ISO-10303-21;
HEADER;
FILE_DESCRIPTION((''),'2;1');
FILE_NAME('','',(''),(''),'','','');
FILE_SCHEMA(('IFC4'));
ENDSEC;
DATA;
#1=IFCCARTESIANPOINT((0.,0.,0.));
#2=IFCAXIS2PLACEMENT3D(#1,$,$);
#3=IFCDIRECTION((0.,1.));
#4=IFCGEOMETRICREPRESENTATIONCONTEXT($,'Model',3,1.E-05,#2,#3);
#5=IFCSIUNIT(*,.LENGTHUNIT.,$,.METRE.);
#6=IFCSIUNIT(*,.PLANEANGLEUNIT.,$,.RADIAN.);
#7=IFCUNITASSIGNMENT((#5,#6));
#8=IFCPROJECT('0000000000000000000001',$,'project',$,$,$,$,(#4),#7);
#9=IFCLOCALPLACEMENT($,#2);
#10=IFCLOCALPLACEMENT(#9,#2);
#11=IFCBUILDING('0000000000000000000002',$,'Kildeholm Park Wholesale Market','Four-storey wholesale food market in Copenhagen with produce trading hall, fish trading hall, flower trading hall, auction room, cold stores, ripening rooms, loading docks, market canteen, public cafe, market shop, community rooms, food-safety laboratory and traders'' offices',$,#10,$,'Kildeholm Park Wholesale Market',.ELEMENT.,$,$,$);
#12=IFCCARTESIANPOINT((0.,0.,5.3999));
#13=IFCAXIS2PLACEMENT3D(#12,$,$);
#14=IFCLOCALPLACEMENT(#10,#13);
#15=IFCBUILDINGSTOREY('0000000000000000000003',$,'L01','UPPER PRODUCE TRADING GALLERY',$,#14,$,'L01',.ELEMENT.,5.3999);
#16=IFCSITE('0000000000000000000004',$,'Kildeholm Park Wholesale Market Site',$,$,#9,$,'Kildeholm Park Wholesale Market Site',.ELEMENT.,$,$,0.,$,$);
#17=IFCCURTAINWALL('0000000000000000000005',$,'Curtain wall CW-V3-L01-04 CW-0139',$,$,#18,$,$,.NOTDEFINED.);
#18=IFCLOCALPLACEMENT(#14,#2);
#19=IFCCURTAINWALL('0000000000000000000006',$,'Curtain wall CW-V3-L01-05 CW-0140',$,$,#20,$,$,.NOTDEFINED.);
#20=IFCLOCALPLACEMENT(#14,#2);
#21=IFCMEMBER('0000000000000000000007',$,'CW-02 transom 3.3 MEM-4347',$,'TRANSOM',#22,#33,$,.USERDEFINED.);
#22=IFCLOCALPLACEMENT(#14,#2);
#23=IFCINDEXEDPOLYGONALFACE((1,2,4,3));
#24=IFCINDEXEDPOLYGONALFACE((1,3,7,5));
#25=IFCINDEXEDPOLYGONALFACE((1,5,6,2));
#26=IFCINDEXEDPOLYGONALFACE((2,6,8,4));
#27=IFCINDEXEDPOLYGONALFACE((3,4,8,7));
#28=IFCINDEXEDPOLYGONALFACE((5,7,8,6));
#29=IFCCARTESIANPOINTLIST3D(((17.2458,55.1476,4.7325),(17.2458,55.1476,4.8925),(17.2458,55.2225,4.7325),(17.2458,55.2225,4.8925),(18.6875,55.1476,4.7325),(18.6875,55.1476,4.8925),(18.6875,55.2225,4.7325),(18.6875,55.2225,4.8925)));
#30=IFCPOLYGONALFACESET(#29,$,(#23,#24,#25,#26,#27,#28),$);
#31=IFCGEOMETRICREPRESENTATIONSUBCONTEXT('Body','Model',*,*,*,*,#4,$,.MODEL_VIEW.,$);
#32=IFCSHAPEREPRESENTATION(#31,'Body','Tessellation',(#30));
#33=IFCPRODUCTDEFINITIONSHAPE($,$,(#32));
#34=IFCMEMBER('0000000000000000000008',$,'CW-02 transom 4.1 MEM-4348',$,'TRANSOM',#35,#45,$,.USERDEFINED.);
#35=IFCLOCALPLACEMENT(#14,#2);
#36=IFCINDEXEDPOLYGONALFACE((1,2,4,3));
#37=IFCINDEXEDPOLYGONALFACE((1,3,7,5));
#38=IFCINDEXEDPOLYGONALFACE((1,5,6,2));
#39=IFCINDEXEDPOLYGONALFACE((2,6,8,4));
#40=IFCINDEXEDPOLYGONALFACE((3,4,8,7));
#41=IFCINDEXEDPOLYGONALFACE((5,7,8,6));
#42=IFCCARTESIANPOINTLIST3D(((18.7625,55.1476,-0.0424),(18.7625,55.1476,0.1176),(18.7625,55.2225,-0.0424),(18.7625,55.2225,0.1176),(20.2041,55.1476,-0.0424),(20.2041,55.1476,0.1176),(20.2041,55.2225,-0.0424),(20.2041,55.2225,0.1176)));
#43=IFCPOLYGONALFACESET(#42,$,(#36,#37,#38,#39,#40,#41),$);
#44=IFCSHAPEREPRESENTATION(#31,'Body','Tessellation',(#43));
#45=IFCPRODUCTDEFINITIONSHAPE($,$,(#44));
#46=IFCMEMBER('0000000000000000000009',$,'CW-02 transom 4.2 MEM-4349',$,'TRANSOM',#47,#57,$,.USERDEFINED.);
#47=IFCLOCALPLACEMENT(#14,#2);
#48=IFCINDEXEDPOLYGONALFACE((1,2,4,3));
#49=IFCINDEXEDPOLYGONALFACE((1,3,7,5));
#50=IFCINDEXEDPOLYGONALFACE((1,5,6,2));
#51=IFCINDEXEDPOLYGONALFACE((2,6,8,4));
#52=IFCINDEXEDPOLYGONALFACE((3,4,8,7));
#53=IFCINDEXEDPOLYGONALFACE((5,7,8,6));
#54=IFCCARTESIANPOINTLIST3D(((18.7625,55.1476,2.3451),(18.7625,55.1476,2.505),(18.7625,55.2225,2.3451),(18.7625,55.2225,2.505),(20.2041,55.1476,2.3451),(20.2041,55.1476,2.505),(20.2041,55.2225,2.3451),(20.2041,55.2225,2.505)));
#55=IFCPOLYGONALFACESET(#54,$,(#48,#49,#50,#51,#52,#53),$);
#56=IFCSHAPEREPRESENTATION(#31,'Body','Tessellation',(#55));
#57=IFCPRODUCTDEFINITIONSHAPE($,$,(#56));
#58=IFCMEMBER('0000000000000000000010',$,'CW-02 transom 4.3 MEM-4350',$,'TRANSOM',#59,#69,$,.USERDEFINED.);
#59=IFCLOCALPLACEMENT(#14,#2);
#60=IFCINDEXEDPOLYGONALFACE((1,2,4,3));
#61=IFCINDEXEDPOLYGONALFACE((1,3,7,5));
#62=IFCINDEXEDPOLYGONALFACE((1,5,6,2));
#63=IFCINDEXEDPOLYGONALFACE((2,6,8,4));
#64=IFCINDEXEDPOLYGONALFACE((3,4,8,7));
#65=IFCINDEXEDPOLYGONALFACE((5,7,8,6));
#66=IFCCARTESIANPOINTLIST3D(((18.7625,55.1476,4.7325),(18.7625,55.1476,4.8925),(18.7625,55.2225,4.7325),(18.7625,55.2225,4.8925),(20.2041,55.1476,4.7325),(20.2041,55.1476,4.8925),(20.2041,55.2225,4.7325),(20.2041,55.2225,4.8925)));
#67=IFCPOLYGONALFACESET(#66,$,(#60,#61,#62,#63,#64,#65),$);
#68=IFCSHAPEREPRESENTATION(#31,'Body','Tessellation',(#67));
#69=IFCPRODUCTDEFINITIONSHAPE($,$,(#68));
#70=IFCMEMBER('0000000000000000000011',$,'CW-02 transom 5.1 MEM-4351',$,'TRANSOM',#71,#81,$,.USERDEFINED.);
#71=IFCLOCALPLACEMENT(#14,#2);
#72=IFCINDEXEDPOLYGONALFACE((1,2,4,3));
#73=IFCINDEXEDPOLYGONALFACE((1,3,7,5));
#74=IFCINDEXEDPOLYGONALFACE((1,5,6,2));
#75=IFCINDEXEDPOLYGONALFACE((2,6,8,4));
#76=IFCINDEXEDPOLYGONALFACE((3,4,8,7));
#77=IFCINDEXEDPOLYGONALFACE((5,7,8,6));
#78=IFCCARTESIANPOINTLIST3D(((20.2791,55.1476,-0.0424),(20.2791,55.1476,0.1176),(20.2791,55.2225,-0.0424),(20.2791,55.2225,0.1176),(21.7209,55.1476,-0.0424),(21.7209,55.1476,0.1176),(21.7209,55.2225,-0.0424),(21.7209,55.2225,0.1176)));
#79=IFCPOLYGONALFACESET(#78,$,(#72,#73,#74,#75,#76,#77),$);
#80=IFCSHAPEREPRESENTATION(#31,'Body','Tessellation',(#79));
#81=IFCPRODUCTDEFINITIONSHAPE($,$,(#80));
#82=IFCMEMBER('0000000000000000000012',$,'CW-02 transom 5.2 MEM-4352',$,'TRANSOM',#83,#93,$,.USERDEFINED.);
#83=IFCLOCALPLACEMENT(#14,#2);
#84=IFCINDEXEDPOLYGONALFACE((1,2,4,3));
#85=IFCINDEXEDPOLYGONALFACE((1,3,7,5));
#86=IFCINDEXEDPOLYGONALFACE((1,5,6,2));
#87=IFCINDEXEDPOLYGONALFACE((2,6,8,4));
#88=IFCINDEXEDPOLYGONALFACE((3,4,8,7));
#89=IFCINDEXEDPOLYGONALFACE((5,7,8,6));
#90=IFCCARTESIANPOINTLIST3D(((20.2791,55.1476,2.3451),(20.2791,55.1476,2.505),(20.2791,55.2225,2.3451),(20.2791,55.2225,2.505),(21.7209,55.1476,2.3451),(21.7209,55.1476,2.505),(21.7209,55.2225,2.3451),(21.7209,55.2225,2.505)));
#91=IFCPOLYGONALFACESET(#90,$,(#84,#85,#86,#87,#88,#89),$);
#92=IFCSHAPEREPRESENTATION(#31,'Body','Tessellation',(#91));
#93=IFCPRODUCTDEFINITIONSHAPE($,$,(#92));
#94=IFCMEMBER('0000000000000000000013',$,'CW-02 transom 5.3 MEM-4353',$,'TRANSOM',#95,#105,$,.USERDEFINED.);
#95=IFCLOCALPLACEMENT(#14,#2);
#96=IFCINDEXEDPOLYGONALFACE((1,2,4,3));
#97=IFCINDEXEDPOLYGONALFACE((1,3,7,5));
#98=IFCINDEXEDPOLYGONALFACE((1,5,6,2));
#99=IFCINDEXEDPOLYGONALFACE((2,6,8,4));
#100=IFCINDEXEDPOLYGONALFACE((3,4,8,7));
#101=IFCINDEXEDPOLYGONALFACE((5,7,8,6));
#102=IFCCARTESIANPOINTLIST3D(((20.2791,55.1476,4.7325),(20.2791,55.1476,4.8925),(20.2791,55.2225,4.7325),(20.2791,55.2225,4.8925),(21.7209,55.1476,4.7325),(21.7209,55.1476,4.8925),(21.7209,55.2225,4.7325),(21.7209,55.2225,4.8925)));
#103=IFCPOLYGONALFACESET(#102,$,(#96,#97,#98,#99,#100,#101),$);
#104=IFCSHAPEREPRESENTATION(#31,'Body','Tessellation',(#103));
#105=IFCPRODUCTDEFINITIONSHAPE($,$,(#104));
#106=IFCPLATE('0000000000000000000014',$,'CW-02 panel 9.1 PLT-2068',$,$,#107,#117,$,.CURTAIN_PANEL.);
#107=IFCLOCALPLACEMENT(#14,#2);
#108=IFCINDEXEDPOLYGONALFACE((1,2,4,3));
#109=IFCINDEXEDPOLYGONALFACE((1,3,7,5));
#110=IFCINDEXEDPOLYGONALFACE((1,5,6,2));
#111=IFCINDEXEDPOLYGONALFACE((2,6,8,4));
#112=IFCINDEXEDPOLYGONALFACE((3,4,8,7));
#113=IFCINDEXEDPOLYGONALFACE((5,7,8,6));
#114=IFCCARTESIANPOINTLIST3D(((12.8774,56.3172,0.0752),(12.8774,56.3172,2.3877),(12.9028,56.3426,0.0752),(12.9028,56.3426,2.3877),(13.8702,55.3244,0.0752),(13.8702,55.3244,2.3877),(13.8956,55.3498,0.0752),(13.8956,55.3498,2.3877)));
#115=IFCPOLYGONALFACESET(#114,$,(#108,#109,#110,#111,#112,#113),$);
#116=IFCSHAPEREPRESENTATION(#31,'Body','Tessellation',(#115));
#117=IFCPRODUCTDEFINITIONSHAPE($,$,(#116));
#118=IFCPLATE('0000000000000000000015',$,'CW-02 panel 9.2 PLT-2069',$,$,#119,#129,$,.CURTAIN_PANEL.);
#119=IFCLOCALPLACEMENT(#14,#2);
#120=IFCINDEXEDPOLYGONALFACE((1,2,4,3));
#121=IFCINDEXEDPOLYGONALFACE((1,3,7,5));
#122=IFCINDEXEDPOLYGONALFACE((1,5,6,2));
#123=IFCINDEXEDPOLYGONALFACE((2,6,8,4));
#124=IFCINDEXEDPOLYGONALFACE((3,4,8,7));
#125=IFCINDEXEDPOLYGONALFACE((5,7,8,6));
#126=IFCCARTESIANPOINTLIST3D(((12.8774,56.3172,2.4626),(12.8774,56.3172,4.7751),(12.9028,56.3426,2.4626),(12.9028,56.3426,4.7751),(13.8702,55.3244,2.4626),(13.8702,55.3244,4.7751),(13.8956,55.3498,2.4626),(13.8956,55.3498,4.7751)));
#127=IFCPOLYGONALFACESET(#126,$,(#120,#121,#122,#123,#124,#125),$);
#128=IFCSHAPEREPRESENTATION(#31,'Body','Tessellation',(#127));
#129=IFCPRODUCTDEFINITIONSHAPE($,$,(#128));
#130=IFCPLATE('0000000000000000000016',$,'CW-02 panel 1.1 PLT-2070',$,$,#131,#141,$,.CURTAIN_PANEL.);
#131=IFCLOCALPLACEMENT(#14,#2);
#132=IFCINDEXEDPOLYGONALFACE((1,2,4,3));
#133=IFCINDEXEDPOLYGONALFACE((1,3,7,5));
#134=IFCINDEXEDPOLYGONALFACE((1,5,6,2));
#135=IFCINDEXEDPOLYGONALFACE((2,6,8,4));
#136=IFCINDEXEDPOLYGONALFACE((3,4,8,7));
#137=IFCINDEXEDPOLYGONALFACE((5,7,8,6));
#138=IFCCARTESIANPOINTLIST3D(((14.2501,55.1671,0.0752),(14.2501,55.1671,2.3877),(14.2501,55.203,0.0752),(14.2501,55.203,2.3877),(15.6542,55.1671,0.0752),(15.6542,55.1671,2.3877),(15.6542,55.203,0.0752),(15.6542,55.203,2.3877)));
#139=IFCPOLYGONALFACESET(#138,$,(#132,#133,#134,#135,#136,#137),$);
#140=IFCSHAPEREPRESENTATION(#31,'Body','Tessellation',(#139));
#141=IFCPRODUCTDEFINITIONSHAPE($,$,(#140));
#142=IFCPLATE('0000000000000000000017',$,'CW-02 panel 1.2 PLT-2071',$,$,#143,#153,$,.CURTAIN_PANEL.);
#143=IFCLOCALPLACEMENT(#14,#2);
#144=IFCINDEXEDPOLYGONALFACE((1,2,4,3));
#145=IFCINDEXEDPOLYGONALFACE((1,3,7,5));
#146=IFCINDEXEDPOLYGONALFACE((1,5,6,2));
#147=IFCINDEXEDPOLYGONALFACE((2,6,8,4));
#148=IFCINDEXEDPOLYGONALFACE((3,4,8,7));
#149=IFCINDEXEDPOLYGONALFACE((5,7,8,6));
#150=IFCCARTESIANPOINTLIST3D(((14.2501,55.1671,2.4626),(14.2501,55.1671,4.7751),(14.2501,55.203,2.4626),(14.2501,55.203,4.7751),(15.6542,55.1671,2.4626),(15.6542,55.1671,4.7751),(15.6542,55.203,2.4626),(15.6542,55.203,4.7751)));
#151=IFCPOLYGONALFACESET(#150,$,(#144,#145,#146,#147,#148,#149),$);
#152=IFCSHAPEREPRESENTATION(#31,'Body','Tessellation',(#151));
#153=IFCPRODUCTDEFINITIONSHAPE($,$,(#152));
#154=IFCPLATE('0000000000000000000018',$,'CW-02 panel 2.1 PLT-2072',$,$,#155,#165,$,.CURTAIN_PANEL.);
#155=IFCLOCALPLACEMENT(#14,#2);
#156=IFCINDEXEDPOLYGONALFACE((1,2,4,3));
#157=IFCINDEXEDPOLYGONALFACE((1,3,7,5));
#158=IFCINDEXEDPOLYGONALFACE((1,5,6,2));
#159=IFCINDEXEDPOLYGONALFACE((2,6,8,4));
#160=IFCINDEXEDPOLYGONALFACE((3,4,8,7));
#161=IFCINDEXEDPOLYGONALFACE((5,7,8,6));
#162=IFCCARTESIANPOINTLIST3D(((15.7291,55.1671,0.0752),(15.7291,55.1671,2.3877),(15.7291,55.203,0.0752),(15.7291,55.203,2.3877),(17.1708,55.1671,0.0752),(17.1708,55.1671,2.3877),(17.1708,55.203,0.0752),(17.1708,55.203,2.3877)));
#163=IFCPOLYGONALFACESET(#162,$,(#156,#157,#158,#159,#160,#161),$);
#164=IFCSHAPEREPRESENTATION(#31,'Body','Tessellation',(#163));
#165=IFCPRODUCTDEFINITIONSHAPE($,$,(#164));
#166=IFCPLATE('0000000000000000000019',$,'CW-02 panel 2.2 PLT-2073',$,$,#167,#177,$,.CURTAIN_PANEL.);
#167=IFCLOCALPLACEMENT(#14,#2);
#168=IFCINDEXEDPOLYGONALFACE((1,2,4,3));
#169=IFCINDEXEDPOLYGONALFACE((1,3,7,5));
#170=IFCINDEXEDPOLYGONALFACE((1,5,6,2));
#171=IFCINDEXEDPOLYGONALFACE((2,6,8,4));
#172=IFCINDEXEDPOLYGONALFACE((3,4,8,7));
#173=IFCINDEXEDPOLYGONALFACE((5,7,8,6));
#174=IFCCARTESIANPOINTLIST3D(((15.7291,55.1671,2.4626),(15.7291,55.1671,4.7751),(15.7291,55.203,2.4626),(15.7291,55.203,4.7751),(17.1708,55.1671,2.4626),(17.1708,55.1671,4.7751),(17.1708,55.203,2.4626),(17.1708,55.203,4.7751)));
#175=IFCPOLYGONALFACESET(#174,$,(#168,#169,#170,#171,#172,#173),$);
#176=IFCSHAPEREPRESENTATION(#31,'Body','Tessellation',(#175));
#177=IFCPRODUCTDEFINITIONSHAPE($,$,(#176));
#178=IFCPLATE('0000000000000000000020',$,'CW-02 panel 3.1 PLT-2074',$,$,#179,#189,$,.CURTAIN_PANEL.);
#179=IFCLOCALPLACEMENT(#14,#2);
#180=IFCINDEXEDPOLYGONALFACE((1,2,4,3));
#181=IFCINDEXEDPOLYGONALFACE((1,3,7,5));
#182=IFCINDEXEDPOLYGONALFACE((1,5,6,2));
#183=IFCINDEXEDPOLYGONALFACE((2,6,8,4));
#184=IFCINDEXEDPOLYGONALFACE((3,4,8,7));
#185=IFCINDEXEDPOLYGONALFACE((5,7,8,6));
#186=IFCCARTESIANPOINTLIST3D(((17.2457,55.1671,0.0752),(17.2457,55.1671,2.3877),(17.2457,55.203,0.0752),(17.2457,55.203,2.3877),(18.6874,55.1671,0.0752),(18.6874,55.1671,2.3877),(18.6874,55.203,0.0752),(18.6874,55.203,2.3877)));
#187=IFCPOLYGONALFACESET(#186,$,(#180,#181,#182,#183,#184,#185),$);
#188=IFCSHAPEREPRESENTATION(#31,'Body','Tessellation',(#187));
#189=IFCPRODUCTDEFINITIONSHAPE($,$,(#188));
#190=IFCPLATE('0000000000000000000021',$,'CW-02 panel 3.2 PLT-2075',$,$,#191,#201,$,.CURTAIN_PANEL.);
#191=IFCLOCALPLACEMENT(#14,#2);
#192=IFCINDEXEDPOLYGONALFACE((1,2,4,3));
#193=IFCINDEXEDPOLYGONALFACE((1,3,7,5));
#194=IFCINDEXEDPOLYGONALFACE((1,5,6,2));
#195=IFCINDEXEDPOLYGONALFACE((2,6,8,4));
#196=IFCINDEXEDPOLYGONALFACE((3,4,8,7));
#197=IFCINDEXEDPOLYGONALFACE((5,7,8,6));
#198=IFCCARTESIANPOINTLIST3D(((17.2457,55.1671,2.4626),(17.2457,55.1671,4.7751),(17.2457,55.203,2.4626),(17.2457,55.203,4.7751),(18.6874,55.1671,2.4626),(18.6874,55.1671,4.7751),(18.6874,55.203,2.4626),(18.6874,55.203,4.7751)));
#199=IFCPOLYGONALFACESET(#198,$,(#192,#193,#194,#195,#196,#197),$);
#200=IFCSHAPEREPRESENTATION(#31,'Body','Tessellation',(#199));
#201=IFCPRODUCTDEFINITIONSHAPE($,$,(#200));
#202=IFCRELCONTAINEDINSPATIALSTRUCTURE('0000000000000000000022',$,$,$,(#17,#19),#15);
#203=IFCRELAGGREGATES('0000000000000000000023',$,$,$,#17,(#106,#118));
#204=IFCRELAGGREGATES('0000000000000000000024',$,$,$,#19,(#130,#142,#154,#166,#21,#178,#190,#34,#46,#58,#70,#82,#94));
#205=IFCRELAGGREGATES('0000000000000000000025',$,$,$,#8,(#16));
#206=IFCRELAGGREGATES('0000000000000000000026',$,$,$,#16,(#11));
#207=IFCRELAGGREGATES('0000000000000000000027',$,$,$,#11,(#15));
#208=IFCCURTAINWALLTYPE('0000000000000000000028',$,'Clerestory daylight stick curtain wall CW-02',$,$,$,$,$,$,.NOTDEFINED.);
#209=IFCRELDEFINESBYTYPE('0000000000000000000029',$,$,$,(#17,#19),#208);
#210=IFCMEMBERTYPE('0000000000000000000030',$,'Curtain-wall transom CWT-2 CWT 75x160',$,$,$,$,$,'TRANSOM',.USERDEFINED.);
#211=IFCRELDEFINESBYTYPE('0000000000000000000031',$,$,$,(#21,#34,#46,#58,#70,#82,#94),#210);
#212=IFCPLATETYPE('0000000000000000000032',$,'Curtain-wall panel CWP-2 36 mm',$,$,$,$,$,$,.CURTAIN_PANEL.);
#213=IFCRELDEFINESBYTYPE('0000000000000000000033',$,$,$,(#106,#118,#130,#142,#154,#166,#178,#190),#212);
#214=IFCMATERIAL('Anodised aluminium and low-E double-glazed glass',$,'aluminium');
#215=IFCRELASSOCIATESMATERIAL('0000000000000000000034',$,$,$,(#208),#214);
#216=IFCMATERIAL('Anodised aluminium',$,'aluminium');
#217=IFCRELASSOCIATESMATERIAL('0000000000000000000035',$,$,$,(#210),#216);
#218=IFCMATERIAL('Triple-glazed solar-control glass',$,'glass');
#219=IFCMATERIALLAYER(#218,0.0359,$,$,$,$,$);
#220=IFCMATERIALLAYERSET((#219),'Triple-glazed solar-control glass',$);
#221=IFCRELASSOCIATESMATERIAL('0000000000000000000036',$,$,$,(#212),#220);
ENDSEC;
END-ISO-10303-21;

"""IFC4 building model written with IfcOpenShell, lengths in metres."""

from ifc_helpers import new_model, si_unit, direction, frame, origin, origin_2d, place, context, subcontext, project, spatial, rectangle, extrude, material, layer, layer_set, material_profile, profile_set, type_object, element, aggregate, save


model = new_model("IFC4")

# Units and contexts
model_context = context("Model", 3, precision=1e-05, world=origin(), true_north=direction((0.0, 1.0)))
body_context = subcontext(model_context, "Body", "Model", "MODEL_VIEW")
ifc_project = project(units=[si_unit("LENGTHUNIT", "METRE"), si_unit("PLANEANGLEUNIT", "RADIAN")], contexts=[model_context])

# Site, building, storey
site_placement = place(None, origin())
site = spatial("IfcSite", under=ifc_project, at=site_placement, Name="Kildeholm Park Wholesale Market Site", LongName="Kildeholm Park Wholesale Market Site", CompositionType="ELEMENT", RefElevation=0.0)
building_placement = place(site_placement, origin())
building = spatial("IfcBuilding", under=site, at=building_placement, Name="Kildeholm Park Wholesale Market", Description="Four-storey wholesale food market in Copenhagen with produce trading hall, fish trading hall, flower trading hall, auction room, cold stores, ripening rooms, loading docks, market canteen, public cafe, market shop, community rooms, food-safety laboratory and traders' offices", LongName="Kildeholm Park Wholesale Market", CompositionType="ELEMENT")
storey_placement = place(building_placement, frame((0.0, 0.0, 5.3999)))
storey = spatial("IfcBuildingStorey", under=building, at=storey_placement, Name="L01", Description="UPPER PRODUCE TRADING GALLERY", LongName="L01", CompositionType="ELEMENT", Elevation=5.3999)

# Curtain walls
ifc_material_1 = material(Name="Anodised aluminium and low-E double-glazed glass", Category="aluminium")
curtain_wall_type = type_object("IfcCurtainWallType", Name="Clerestory daylight stick curtain wall CW-02", PredefinedType="NOTDEFINED", material=ifc_material_1)
curtain_wall_1_placement = place(storey_placement, origin())
curtain_wall_1 = element("IfcCurtainWall", 1, at=curtain_wall_1_placement, inside=storey, type_object=curtain_wall_type, Name="Curtain wall CW-V3-L01-04 CW-0139", PredefinedType="NOTDEFINED")
ifc_material_2 = material(Name="Anodised aluminium", Category="aluminium")
curtain_wall_2_placement = place(storey_placement, origin())
curtain_wall_2 = element("IfcCurtainWall", 2, at=curtain_wall_2_placement, inside=storey, type_object=curtain_wall_type, Name="Curtain wall CW-V3-L01-05 CW-0140", PredefinedType="NOTDEFINED")

# Members
ifc_material_profile_1 = material_profile(ifc_material_2, rectangle(XDim=0.075, YDim=0.1599, at=origin_2d()), Name="CWT 75x160")
ifc_profile_set_1 = profile_set([ifc_material_profile_1], Name="Anodised aluminium")
member_type_1 = type_object("IfcMemberType", Name="Curtain-wall transom CWT-2 CWT 75x160", ElementType="TRANSOM", PredefinedType="USERDEFINED", material=ifc_profile_set_1)
member_1_placement = place(storey_placement, frame((17.2458, 55.1851, 4.8125), z_axis=(1.0, 0.0, 0.0), x_axis=(0.0, 1.0, 0.0)))
member_1 = element("IfcMember", 3, at=member_1_placement, type_object=member_type_1, Name="CW-02 transom 3.3 MEM-4347", ObjectType="TRANSOM", PredefinedType="USERDEFINED", context=body_context, shape_type="SweptSolid", body=[
    extrude(rectangle(XDim=0.075, YDim=0.1599, at=origin_2d()), origin(), (0.0, 0.0, 1.0), 1.4417),
])
member_2_placement = place(storey_placement, frame((18.7625, 55.1851, 0.0376), z_axis=(1.0, 0.0, 0.0), x_axis=(0.0, 1.0, 0.0)))
member_2 = element("IfcMember", 4, at=member_2_placement, type_object=member_type_1, Name="CW-02 transom 4.1 MEM-4348", ObjectType="TRANSOM", PredefinedType="USERDEFINED", context=body_context, shape_type="SweptSolid", body=[
    extrude(rectangle(XDim=0.075, YDim=0.1599, at=origin_2d()), origin(), (0.0, 0.0, 1.0), 1.4417),
])
member_3_placement = place(storey_placement, frame((18.7625, 55.1851, 2.425), z_axis=(1.0, 0.0, 0.0), x_axis=(0.0, 1.0, 0.0)))
member_3 = element("IfcMember", 5, at=member_3_placement, type_object=member_type_1, Name="CW-02 transom 4.2 MEM-4349", ObjectType="TRANSOM", PredefinedType="USERDEFINED", context=body_context, shape_type="SweptSolid", body=[
    extrude(rectangle(XDim=0.075, YDim=0.1599, at=origin_2d()), origin(), (0.0, 0.0, 1.0), 1.4417),
])
member_4_placement = place(storey_placement, frame((18.7625, 55.1851, 4.8125), z_axis=(1.0, 0.0, 0.0), x_axis=(0.0, 1.0, 0.0)))
member_4 = element("IfcMember", 6, at=member_4_placement, type_object=member_type_1, Name="CW-02 transom 4.3 MEM-4350", ObjectType="TRANSOM", PredefinedType="USERDEFINED", context=body_context, shape_type="SweptSolid", body=[
    extrude(rectangle(XDim=0.075, YDim=0.1599, at=origin_2d()), origin(), (0.0, 0.0, 1.0), 1.4417),
])
member_5_placement = place(storey_placement, frame((20.2791, 55.1851, 0.0376), z_axis=(1.0, 0.0, 0.0), x_axis=(0.0, 1.0, 0.0)))
member_5 = element("IfcMember", 7, at=member_5_placement, type_object=member_type_1, Name="CW-02 transom 5.1 MEM-4351", ObjectType="TRANSOM", PredefinedType="USERDEFINED", context=body_context, shape_type="SweptSolid", body=[
    extrude(rectangle(XDim=0.075, YDim=0.1599, at=origin_2d()), origin(), (0.0, 0.0, 1.0), 1.4419),
])
member_6_placement = place(storey_placement, frame((20.2791, 55.1851, 2.425), z_axis=(1.0, 0.0, 0.0), x_axis=(0.0, 1.0, 0.0)))
member_6 = element("IfcMember", 8, at=member_6_placement, type_object=member_type_1, Name="CW-02 transom 5.2 MEM-4352", ObjectType="TRANSOM", PredefinedType="USERDEFINED", context=body_context, shape_type="SweptSolid", body=[
    extrude(rectangle(XDim=0.075, YDim=0.1599, at=origin_2d()), origin(), (0.0, 0.0, 1.0), 1.4419),
])
member_7_placement = place(storey_placement, frame((20.2791, 55.1851, 4.8125), z_axis=(1.0, 0.0, 0.0), x_axis=(0.0, 1.0, 0.0)))
member_7 = element("IfcMember", 9, at=member_7_placement, type_object=member_type_1, Name="CW-02 transom 5.3 MEM-4353", ObjectType="TRANSOM", PredefinedType="USERDEFINED", context=body_context, shape_type="SweptSolid", body=[
    extrude(rectangle(XDim=0.075, YDim=0.1599, at=origin_2d()), origin(), (0.0, 0.0, 1.0), 1.4419),
])

# Plates
ifc_material_3 = material(Name="Triple-glazed solar-control glass", Category="glass")
ifc_layer = layer(ifc_material_3, 0.0359)
ifc_layer_set = layer_set([ifc_layer], Name="Triple-glazed solar-control glass")
plate_type = type_object("IfcPlateType", Name="Curtain-wall panel CWP-2 36 mm", PredefinedType="CURTAIN_PANEL", material=ifc_layer_set)
plate_1_placement = place(storey_placement, frame((13.3865, 55.8335, 0.0752), z_axis=(0.0, 0.0, 1.0), x_axis=(0.707107, -0.707107, 0.0)))
plate_1 = element("IfcPlate", 10, at=plate_1_placement, type_object=plate_type, Name="CW-02 panel 9.1 PLT-2068", PredefinedType="CURTAIN_PANEL", context=body_context, shape_type="SweptSolid", body=[
    extrude(rectangle(XDim=1.4041, YDim=0.0359, at=origin_2d()), origin(), (0.0, 0.0, 1.0), 2.3125),
])
plate_2_placement = place(storey_placement, frame((13.3865, 55.8335, 2.4626), z_axis=(0.0, 0.0, 1.0), x_axis=(0.707107, -0.707107, 0.0)))
plate_2 = element("IfcPlate", 11, at=plate_2_placement, type_object=plate_type, Name="CW-02 panel 9.2 PLT-2069", PredefinedType="CURTAIN_PANEL", context=body_context, shape_type="SweptSolid", body=[
    extrude(rectangle(XDim=1.4041, YDim=0.0359, at=origin_2d()), origin(), (0.0, 0.0, 1.0), 2.3125),
])
aggregate(curtain_wall_1, [plate_1, plate_2])
plate_3_placement = place(storey_placement, frame((14.9521, 55.1851, 0.0752), z_axis=(0.0, 0.0, 1.0), x_axis=(1.0, 0.0, 0.0)))
plate_3 = element("IfcPlate", 12, at=plate_3_placement, type_object=plate_type, Name="CW-02 panel 1.1 PLT-2070", PredefinedType="CURTAIN_PANEL", context=body_context, shape_type="SweptSolid", body=[
    extrude(rectangle(XDim=1.4041, YDim=0.0359, at=origin_2d()), origin(), (0.0, 0.0, 1.0), 2.3125),
])
plate_4_placement = place(storey_placement, frame((14.9521, 55.1851, 2.4626), z_axis=(0.0, 0.0, 1.0), x_axis=(1.0, 0.0, 0.0)))
plate_4 = element("IfcPlate", 13, at=plate_4_placement, type_object=plate_type, Name="CW-02 panel 1.2 PLT-2071", PredefinedType="CURTAIN_PANEL", context=body_context, shape_type="SweptSolid", body=[
    extrude(rectangle(XDim=1.4041, YDim=0.0359, at=origin_2d()), origin(), (0.0, 0.0, 1.0), 2.3125),
])
plate_5_placement = place(storey_placement, frame((16.45, 55.1851, 0.0752), z_axis=(0.0, 0.0, 1.0), x_axis=(1.0, 0.0, 0.0)))
plate_5 = element("IfcPlate", 14, at=plate_5_placement, type_object=plate_type, Name="CW-02 panel 2.1 PLT-2072", PredefinedType="CURTAIN_PANEL", context=body_context, shape_type="SweptSolid", body=[
    extrude(rectangle(XDim=1.4417, YDim=0.0359, at=origin_2d()), origin(), (0.0, 0.0, 1.0), 2.3125),
])
plate_6_placement = place(storey_placement, frame((16.45, 55.1851, 2.4626), z_axis=(0.0, 0.0, 1.0), x_axis=(1.0, 0.0, 0.0)))
plate_6 = element("IfcPlate", 15, at=plate_6_placement, type_object=plate_type, Name="CW-02 panel 2.2 PLT-2073", PredefinedType="CURTAIN_PANEL", context=body_context, shape_type="SweptSolid", body=[
    extrude(rectangle(XDim=1.4417, YDim=0.0359, at=origin_2d()), origin(), (0.0, 0.0, 1.0), 2.3125),
])
plate_7_placement = place(storey_placement, frame((17.9666, 55.1851, 0.0752), z_axis=(0.0, 0.0, 1.0), x_axis=(1.0, 0.0, 0.0)))
plate_7 = element("IfcPlate", 16, at=plate_7_placement, type_object=plate_type, Name="CW-02 panel 3.1 PLT-2074", PredefinedType="CURTAIN_PANEL", context=body_context, shape_type="SweptSolid", body=[
    extrude(rectangle(XDim=1.4417, YDim=0.0359, at=origin_2d()), origin(), (0.0, 0.0, 1.0), 2.3125),
])
plate_8_placement = place(storey_placement, frame((17.9666, 55.1851, 2.4626), z_axis=(0.0, 0.0, 1.0), x_axis=(1.0, 0.0, 0.0)))
plate_8 = element("IfcPlate", 17, at=plate_8_placement, type_object=plate_type, Name="CW-02 panel 3.2 PLT-2075", PredefinedType="CURTAIN_PANEL", context=body_context, shape_type="SweptSolid", body=[
    extrude(rectangle(XDim=1.4417, YDim=0.0359, at=origin_2d()), origin(), (0.0, 0.0, 1.0), 2.3125),
])
aggregate(curtain_wall_2, [plate_3, plate_4, plate_5, plate_6, member_1, plate_7, plate_8, member_2, member_3, member_4, member_5, member_6, member_7])

save(model, "model.ifc")
